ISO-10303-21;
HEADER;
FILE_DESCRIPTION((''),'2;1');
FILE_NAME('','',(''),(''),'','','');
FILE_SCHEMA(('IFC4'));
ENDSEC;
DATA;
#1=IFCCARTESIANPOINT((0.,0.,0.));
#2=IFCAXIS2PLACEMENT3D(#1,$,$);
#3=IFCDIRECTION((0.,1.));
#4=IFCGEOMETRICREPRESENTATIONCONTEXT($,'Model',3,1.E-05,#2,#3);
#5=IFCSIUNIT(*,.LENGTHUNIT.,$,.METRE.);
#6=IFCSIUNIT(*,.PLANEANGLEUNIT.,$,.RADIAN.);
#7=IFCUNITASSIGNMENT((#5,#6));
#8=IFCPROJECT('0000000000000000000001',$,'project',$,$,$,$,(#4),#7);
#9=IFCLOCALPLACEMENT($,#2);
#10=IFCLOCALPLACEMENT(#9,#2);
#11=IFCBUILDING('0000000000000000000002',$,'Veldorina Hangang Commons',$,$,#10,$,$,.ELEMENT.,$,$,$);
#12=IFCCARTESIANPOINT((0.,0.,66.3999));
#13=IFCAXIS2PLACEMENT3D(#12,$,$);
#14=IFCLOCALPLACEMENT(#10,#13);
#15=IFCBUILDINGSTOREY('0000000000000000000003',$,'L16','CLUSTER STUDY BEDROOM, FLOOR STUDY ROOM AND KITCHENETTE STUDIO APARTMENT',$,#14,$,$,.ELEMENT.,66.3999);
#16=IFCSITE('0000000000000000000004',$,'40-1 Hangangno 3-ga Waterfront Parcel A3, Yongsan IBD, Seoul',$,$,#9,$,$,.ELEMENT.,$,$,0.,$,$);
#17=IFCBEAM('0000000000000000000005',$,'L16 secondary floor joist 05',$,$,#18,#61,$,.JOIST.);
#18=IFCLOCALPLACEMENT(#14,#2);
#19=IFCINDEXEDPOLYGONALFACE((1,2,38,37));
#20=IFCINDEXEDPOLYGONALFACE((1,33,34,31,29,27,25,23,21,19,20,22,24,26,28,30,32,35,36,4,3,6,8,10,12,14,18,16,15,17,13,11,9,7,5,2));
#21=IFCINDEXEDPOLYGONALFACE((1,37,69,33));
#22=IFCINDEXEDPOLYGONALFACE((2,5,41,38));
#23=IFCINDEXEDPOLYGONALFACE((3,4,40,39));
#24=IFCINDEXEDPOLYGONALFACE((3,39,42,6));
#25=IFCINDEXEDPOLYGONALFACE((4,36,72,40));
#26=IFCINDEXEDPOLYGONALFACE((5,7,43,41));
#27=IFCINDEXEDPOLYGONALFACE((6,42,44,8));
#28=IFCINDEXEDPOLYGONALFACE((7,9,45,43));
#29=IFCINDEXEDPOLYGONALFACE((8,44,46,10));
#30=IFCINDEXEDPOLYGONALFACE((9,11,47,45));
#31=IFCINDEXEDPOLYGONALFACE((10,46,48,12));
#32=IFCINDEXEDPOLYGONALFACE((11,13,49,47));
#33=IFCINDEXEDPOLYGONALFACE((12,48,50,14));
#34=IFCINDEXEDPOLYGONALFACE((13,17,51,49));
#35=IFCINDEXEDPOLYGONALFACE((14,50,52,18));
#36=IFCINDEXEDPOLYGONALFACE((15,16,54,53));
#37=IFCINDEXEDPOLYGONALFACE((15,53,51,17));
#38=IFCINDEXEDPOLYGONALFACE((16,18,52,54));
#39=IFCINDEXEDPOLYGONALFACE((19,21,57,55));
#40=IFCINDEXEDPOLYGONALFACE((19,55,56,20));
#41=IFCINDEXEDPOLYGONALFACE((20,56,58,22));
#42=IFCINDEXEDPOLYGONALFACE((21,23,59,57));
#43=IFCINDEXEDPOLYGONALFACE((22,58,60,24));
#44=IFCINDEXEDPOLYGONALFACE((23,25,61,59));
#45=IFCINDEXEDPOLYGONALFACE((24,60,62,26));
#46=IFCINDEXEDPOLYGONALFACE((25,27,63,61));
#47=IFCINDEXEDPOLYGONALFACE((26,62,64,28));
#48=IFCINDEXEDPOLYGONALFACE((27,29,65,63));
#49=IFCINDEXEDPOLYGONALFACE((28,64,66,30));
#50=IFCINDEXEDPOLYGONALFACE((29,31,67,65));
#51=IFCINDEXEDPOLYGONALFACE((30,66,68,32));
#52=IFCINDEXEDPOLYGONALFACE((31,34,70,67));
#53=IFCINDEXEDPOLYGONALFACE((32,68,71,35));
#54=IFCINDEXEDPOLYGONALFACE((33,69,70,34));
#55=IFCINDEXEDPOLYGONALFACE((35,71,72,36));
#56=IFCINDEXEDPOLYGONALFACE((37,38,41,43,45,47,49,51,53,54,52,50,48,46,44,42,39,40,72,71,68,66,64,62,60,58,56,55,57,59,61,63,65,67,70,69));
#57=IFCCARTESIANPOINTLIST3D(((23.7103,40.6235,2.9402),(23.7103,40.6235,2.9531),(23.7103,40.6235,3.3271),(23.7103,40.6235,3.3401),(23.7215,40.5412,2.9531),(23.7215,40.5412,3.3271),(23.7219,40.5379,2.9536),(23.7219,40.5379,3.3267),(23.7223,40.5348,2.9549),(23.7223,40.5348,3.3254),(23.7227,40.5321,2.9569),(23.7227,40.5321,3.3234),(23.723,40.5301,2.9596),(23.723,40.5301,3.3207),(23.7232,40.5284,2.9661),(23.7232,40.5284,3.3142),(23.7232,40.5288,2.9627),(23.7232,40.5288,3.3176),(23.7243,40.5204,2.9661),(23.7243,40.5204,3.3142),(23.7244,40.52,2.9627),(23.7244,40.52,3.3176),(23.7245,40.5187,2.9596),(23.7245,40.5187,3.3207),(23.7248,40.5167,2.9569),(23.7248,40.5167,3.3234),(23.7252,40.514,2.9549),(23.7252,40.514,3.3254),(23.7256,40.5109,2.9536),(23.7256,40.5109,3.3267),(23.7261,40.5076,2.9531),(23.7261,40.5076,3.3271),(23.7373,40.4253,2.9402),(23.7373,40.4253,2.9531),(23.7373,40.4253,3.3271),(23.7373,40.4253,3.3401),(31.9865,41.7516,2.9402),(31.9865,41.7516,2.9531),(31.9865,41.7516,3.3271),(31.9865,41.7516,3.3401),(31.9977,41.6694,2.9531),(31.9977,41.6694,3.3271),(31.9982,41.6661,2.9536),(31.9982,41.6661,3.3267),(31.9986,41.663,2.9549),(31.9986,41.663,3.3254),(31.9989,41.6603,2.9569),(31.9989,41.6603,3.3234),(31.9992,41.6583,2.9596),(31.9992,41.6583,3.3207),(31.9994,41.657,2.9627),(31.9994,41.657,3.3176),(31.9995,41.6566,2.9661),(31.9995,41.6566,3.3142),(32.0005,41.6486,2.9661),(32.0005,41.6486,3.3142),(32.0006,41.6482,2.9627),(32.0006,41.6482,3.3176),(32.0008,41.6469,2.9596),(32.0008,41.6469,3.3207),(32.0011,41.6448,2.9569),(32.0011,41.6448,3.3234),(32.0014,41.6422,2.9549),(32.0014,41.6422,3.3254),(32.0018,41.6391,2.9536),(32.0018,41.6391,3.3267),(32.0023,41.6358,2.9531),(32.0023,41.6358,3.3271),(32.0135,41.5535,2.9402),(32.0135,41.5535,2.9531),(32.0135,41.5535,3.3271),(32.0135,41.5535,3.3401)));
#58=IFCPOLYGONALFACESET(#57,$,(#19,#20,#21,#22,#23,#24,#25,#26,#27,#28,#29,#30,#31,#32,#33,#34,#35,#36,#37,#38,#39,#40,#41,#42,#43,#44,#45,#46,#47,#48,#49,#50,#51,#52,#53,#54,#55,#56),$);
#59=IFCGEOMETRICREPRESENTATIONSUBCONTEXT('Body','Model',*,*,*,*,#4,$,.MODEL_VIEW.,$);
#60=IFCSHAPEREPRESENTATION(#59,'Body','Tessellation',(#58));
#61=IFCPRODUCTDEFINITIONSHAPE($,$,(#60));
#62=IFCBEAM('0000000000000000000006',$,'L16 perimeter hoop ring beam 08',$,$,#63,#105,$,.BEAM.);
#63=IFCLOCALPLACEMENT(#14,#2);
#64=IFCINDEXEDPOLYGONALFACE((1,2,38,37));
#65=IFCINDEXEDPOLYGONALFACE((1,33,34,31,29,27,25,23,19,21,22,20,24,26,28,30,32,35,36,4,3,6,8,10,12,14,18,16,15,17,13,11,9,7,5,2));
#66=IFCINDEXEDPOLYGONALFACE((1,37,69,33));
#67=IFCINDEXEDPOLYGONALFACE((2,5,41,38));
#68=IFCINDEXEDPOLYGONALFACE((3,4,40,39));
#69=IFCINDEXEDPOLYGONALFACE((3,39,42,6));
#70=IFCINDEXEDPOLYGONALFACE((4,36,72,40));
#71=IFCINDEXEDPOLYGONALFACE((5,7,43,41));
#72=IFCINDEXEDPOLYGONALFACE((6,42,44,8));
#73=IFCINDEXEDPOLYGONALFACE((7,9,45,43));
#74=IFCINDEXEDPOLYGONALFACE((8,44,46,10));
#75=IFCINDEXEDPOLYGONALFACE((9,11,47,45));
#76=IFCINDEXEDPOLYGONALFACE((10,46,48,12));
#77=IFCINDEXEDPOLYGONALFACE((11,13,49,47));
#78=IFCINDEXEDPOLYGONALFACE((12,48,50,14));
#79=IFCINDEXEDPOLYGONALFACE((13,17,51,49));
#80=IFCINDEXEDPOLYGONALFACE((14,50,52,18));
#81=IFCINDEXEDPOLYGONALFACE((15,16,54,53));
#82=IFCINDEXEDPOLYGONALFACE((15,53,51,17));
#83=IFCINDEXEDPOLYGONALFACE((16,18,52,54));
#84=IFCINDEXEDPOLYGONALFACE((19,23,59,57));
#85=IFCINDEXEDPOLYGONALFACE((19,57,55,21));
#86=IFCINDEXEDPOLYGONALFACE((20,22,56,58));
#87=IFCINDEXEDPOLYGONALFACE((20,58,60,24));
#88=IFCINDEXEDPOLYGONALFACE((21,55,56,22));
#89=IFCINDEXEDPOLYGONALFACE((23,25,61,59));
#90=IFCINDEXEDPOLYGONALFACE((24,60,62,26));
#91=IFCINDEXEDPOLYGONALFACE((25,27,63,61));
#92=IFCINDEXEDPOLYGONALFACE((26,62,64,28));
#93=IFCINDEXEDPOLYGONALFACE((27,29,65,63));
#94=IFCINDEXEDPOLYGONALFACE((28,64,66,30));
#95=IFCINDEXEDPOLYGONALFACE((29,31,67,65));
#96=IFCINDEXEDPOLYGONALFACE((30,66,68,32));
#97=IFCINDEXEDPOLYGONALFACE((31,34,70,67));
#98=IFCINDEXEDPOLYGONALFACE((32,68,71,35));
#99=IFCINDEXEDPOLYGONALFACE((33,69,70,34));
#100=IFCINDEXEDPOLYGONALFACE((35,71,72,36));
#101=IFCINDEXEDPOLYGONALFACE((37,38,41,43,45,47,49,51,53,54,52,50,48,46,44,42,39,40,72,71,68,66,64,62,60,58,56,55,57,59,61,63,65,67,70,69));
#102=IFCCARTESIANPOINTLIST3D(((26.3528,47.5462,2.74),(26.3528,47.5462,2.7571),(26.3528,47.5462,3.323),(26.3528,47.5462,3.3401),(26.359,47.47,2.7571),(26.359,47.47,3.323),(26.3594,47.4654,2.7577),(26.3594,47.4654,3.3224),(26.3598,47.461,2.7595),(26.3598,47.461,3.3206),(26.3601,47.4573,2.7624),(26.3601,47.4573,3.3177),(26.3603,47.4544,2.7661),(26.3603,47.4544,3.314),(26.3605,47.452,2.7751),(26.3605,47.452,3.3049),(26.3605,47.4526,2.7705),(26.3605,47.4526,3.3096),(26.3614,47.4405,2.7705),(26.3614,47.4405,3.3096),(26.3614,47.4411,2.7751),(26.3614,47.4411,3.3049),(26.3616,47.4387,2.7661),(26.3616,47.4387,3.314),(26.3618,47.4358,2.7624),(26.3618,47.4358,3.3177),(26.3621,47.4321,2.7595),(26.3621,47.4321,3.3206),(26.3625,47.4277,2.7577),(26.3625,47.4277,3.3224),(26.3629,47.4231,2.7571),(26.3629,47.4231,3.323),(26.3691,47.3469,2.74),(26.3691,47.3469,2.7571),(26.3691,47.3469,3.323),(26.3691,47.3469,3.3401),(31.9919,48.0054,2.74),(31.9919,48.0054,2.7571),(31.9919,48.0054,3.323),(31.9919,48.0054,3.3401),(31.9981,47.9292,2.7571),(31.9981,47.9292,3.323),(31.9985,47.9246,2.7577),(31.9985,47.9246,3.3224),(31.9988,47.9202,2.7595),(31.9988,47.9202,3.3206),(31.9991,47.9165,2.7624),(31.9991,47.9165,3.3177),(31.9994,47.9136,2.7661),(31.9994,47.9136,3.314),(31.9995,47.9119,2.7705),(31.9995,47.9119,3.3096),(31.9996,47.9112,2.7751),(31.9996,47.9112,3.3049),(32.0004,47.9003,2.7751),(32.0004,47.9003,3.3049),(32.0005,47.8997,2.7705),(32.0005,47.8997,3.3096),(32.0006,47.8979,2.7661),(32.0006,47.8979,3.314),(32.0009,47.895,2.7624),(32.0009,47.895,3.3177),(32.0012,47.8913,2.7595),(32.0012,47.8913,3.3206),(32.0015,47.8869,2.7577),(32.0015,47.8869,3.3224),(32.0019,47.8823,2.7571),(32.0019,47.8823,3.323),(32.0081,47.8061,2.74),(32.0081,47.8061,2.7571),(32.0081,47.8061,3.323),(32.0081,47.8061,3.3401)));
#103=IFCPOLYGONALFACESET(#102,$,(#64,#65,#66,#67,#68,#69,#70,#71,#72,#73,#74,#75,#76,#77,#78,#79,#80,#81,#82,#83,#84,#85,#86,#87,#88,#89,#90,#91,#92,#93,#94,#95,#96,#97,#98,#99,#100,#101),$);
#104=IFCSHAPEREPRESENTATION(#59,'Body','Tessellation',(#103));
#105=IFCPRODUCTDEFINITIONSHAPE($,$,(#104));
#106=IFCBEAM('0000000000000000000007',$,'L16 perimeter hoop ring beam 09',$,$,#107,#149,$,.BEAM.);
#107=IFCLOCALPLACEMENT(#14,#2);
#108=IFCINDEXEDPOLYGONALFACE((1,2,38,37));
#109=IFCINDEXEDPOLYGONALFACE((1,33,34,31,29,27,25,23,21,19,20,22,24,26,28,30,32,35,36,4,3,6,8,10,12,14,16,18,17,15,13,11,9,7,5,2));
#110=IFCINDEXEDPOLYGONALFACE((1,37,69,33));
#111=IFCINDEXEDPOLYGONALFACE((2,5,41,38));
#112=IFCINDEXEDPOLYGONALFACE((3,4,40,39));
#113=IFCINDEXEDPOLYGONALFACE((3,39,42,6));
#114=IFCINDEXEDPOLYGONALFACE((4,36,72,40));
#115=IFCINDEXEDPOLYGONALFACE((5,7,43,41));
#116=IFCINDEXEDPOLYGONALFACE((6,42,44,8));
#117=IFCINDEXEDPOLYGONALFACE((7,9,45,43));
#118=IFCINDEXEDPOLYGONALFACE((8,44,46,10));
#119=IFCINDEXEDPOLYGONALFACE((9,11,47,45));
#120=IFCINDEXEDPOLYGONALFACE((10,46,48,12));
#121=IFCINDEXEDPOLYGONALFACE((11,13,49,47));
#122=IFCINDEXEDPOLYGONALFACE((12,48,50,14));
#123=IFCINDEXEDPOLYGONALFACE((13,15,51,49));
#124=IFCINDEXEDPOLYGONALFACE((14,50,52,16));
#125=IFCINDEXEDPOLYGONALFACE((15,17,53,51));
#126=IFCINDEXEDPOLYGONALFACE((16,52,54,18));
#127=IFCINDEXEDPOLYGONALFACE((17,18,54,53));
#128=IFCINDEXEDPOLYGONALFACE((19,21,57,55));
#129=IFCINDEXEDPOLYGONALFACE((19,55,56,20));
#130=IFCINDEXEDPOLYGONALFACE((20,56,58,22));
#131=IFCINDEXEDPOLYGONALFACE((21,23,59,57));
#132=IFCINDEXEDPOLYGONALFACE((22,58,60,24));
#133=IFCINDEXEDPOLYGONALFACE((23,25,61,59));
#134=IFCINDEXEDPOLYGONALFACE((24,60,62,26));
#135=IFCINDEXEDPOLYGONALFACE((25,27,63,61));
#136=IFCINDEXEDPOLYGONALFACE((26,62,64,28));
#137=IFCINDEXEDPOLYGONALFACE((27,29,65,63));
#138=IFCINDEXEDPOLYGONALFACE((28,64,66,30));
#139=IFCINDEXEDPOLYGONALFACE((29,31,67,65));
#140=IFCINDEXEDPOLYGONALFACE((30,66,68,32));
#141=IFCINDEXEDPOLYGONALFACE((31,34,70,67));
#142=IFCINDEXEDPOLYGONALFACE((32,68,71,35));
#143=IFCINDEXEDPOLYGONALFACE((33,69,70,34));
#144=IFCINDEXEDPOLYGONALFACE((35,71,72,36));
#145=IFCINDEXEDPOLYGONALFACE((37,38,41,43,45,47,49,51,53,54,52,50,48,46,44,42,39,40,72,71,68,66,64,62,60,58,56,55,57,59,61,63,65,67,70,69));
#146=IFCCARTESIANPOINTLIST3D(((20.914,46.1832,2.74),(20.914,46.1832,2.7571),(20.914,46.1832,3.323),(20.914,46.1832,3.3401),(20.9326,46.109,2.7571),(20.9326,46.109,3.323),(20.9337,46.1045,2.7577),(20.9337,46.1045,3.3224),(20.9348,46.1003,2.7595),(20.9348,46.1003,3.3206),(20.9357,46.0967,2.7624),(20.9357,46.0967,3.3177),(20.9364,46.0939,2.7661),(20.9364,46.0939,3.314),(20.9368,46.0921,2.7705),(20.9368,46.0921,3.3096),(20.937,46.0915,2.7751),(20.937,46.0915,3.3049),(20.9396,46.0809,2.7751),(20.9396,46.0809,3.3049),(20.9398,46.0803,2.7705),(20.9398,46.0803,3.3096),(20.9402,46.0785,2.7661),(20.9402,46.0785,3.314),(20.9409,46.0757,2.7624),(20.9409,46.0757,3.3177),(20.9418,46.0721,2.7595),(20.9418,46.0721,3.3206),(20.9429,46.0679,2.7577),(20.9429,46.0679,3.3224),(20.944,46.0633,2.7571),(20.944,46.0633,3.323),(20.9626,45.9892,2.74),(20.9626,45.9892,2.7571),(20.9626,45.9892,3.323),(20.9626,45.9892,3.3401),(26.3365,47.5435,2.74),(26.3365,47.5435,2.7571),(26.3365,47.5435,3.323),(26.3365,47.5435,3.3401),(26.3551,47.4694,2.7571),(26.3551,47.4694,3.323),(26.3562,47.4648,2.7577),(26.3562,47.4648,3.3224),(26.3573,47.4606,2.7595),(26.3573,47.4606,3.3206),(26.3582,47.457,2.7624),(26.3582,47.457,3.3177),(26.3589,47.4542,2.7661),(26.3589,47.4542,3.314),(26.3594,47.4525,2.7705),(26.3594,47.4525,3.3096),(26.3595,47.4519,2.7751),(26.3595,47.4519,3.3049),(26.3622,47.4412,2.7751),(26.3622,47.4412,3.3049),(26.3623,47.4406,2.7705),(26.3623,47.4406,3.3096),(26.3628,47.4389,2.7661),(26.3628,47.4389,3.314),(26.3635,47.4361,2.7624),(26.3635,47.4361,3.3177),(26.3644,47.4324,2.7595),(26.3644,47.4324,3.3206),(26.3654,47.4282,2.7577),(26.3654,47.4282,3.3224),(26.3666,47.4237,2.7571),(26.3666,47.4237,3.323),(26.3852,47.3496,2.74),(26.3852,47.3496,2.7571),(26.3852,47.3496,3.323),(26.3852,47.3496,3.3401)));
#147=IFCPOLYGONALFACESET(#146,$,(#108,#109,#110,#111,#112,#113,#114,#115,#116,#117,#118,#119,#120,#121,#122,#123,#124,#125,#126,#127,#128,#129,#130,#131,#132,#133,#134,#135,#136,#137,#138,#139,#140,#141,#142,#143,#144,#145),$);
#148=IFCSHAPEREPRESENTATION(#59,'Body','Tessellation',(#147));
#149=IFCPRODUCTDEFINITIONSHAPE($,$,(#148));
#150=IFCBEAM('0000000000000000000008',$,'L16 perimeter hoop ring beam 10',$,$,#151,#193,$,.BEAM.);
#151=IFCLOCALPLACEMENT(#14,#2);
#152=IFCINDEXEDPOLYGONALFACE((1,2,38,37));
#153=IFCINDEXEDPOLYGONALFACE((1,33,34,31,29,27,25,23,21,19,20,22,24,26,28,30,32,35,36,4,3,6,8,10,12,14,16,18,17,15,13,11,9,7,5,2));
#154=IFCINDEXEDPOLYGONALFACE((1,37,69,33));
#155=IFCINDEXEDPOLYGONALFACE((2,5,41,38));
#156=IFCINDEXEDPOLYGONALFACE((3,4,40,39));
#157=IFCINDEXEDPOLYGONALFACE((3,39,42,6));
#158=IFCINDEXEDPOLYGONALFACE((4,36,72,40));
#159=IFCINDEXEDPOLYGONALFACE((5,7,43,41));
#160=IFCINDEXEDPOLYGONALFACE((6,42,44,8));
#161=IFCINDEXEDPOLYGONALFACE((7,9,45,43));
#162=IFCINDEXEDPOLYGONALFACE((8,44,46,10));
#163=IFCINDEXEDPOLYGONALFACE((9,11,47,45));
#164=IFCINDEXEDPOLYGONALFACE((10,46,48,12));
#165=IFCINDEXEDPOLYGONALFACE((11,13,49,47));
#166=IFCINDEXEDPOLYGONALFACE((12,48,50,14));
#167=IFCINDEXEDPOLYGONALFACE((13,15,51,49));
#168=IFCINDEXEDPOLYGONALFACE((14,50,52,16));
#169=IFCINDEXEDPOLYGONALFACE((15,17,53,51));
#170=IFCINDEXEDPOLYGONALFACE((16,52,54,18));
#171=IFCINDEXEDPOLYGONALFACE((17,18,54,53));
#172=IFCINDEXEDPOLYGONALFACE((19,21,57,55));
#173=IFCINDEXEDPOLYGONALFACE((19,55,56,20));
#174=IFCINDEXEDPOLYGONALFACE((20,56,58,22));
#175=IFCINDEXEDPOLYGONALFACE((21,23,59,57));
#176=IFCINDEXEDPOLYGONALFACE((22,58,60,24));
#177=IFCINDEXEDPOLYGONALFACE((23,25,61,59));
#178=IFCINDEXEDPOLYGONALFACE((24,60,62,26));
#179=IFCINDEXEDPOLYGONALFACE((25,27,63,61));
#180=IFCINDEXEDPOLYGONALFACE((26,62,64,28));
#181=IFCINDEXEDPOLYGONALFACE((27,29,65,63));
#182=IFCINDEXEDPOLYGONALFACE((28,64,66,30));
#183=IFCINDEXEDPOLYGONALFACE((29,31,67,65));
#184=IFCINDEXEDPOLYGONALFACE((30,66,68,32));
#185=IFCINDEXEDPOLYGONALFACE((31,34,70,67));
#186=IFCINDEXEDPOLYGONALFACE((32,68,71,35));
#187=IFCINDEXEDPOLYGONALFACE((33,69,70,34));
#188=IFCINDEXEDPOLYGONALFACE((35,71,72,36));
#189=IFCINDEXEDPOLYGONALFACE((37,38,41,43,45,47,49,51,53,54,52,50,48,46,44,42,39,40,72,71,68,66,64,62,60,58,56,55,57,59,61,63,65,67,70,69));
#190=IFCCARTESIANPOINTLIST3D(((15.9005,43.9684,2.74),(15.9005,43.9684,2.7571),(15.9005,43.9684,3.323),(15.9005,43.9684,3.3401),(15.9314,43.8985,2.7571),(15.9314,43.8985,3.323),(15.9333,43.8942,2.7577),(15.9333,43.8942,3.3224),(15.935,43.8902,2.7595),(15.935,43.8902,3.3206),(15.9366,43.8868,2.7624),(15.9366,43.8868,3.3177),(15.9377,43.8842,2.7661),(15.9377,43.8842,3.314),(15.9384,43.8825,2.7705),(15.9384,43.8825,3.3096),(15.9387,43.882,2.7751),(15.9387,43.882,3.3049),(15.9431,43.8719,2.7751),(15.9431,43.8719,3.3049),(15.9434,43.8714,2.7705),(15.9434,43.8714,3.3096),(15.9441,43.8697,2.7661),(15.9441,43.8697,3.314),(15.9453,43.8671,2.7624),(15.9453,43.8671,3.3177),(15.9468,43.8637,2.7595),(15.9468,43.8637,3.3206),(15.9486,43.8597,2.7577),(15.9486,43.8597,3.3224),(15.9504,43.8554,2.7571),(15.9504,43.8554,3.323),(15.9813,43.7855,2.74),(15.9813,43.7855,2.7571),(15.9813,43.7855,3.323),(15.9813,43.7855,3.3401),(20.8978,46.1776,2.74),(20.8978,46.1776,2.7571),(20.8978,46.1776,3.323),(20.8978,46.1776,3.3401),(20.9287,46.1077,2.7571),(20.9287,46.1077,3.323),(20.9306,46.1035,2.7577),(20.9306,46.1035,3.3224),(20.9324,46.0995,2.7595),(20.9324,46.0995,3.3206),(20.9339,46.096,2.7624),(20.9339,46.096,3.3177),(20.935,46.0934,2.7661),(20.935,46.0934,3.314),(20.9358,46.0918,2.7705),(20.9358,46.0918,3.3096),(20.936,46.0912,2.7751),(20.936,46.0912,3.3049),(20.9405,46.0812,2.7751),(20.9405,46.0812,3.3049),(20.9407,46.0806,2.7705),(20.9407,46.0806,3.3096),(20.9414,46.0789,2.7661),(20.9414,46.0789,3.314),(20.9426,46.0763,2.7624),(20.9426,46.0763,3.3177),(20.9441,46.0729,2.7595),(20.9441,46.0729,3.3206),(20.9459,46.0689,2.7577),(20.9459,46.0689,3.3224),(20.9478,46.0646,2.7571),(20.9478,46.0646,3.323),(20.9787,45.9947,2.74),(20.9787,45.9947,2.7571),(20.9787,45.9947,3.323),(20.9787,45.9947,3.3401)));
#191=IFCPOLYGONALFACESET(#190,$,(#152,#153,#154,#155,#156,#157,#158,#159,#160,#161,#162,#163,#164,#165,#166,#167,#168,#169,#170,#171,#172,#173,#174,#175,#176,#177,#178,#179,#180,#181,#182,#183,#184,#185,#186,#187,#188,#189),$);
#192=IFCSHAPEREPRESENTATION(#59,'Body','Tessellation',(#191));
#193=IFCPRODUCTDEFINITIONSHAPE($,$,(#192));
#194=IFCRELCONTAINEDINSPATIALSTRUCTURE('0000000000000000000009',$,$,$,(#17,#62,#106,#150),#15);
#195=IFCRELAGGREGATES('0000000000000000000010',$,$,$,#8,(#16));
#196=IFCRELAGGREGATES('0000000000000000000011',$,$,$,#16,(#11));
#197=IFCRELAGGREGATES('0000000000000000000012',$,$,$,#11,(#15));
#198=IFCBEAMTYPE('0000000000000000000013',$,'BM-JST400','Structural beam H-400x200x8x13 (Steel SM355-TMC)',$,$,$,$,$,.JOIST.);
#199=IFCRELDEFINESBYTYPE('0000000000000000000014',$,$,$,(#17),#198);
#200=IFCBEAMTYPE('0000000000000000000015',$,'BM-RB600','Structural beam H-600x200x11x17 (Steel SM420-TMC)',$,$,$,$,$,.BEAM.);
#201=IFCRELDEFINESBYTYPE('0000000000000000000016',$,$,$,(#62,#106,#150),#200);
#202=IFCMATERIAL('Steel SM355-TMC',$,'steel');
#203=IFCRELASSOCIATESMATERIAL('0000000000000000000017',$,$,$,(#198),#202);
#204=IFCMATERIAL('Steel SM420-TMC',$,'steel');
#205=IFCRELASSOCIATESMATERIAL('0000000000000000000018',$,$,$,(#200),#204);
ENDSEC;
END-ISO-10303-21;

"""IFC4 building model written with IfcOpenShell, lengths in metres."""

from ifc_helpers import new_model, si_unit, direction, frame, origin, origin_2d, place, context, subcontext, project, spatial, i_section, extrude, material, material_profile, profile_set, type_object, element, save


model = new_model("IFC4")

# Units and contexts
model_context = context("Model", 3, precision=1e-05, world=origin(), true_north=direction((0.0, 1.0)))
body_context = subcontext(model_context, "Body", "Model", "MODEL_VIEW")
ifc_project = project(units=[si_unit("LENGTHUNIT", "METRE"), si_unit("PLANEANGLEUNIT", "RADIAN")], contexts=[model_context])

# Site, building, storey
site_placement = place(None, origin())
site = spatial("IfcSite", under=ifc_project, at=site_placement, Name="40-1 Hangangno 3-ga Waterfront Parcel A3, Yongsan IBD, Seoul", CompositionType="ELEMENT", RefElevation=0.0)
building_placement = place(site_placement, origin())
building = spatial("IfcBuilding", under=site, at=building_placement, Name="Veldorina Hangang Commons", CompositionType="ELEMENT")
storey_placement = place(building_placement, frame((0.0, 0.0, 66.3999)))
storey = spatial("IfcBuildingStorey", under=building, at=storey_placement, Name="L16", Description="CLUSTER STUDY BEDROOM, FLOOR STUDY ROOM AND KITCHENETTE STUDIO APARTMENT", CompositionType="ELEMENT", Elevation=66.3999)

# Beams
ifc_material_1 = material(Name="Steel SM355-TMC", Category="steel")
ifc_material_profile_1 = material_profile(ifc_material_1, i_section(OverallWidth=0.2, OverallDepth=0.3999, WebThickness=0.0081, FlangeThickness=0.0129, FilletRadius=0.0129, at=origin_2d()), Name="H-400x200x8x13")
ifc_profile_set_1 = profile_set([ifc_material_profile_1], Name="Steel SM355-TMC")
beam_type_1 = type_object("IfcBeamType", Name="BM-JST400", Description="Structural beam H-400x200x8x13 (Steel SM355-TMC)", PredefinedType="JOIST", material=ifc_profile_set_1)
beam_1_placement = place(storey_placement, frame((32.0, 41.6526, 3.1401), z_axis=(-0.990836, -0.135068, 0.0), x_axis=(0.135068, -0.990836, 0.0)))
element("IfcBeam", 1, at=beam_1_placement, inside=storey, type_object=beam_type_1, Name="L16 secondary floor joist 05", PredefinedType="JOIST", context=body_context, shape_type="SweptSolid", body=[
    extrude(i_section(OverallWidth=0.2, OverallDepth=0.3999, WebThickness=0.0081, FlangeThickness=0.0129, FilletRadius=0.0129, at=origin_2d()), origin(), (0.0, 0.0, 1.0), 8.3528),
])
ifc_material_2 = material(Name="Steel SM420-TMC", Category="steel")
ifc_material_profile_2 = material_profile(ifc_material_2, i_section(OverallWidth=0.2, OverallDepth=0.6001, WebThickness=0.011, FlangeThickness=0.0171, FilletRadius=0.0181, at=origin_2d()), Name="H-600x200x11x17")
ifc_profile_set_2 = profile_set([ifc_material_profile_2], Name="Steel SM420-TMC")
beam_type_2 = type_object("IfcBeamType", Name="BM-RB600", Description="Structural beam H-600x200x11x17 (Steel SM420-TMC)", PredefinedType="BEAM", material=ifc_profile_set_2)
beam_2_placement = place(storey_placement, frame((32.0, 47.9058, 3.04), z_axis=(-0.996701, -0.081167, 0.0), x_axis=(0.081167, -0.996701, 0.0)))
element("IfcBeam", 2, at=beam_2_placement, inside=storey, type_object=beam_type_2, Name="L16 perimeter hoop ring beam 08", PredefinedType="BEAM", context=body_context, shape_type="SweptSolid", body=[
    extrude(i_section(OverallWidth=0.2, OverallDepth=0.6001, WebThickness=0.011, FlangeThickness=0.0171, FilletRadius=0.0181, at=origin_2d()), origin(), (0.0, 0.0, 1.0), 5.6577),
])
beam_3_placement = place(storey_placement, frame((26.3608, 47.4465, 3.04), z_axis=(-0.969944, -0.243327, 0.0), x_axis=(0.243327, -0.969944, 0.0)))
element("IfcBeam", 3, at=beam_3_placement, inside=storey, type_object=beam_type_2, Name="L16 perimeter hoop ring beam 09", PredefinedType="BEAM", context=body_context, shape_type="SweptSolid", body=[
    extrude(i_section(OverallWidth=0.2, OverallDepth=0.6001, WebThickness=0.011, FlangeThickness=0.0171, FilletRadius=0.0181, at=origin_2d()), origin(), (0.0, 0.0, 1.0), 5.5906),
])
beam_4_placement = place(storey_placement, frame((20.9382, 46.0862, 3.04), z_axis=(-0.914611, -0.404334, 0.0), x_axis=(0.404334, -0.914611, 0.0)))
element("IfcBeam", 4, at=beam_4_placement, inside=storey, type_object=beam_type_2, Name="L16 perimeter hoop ring beam 10", PredefinedType="BEAM", context=body_context, shape_type="SweptSolid", body=[
    extrude(i_section(OverallWidth=0.2, OverallDepth=0.6001, WebThickness=0.011, FlangeThickness=0.0171, FilletRadius=0.0181, at=origin_2d()), origin(), (0.0, 0.0, 1.0), 5.4639),
])

save(model, "model.ifc")
